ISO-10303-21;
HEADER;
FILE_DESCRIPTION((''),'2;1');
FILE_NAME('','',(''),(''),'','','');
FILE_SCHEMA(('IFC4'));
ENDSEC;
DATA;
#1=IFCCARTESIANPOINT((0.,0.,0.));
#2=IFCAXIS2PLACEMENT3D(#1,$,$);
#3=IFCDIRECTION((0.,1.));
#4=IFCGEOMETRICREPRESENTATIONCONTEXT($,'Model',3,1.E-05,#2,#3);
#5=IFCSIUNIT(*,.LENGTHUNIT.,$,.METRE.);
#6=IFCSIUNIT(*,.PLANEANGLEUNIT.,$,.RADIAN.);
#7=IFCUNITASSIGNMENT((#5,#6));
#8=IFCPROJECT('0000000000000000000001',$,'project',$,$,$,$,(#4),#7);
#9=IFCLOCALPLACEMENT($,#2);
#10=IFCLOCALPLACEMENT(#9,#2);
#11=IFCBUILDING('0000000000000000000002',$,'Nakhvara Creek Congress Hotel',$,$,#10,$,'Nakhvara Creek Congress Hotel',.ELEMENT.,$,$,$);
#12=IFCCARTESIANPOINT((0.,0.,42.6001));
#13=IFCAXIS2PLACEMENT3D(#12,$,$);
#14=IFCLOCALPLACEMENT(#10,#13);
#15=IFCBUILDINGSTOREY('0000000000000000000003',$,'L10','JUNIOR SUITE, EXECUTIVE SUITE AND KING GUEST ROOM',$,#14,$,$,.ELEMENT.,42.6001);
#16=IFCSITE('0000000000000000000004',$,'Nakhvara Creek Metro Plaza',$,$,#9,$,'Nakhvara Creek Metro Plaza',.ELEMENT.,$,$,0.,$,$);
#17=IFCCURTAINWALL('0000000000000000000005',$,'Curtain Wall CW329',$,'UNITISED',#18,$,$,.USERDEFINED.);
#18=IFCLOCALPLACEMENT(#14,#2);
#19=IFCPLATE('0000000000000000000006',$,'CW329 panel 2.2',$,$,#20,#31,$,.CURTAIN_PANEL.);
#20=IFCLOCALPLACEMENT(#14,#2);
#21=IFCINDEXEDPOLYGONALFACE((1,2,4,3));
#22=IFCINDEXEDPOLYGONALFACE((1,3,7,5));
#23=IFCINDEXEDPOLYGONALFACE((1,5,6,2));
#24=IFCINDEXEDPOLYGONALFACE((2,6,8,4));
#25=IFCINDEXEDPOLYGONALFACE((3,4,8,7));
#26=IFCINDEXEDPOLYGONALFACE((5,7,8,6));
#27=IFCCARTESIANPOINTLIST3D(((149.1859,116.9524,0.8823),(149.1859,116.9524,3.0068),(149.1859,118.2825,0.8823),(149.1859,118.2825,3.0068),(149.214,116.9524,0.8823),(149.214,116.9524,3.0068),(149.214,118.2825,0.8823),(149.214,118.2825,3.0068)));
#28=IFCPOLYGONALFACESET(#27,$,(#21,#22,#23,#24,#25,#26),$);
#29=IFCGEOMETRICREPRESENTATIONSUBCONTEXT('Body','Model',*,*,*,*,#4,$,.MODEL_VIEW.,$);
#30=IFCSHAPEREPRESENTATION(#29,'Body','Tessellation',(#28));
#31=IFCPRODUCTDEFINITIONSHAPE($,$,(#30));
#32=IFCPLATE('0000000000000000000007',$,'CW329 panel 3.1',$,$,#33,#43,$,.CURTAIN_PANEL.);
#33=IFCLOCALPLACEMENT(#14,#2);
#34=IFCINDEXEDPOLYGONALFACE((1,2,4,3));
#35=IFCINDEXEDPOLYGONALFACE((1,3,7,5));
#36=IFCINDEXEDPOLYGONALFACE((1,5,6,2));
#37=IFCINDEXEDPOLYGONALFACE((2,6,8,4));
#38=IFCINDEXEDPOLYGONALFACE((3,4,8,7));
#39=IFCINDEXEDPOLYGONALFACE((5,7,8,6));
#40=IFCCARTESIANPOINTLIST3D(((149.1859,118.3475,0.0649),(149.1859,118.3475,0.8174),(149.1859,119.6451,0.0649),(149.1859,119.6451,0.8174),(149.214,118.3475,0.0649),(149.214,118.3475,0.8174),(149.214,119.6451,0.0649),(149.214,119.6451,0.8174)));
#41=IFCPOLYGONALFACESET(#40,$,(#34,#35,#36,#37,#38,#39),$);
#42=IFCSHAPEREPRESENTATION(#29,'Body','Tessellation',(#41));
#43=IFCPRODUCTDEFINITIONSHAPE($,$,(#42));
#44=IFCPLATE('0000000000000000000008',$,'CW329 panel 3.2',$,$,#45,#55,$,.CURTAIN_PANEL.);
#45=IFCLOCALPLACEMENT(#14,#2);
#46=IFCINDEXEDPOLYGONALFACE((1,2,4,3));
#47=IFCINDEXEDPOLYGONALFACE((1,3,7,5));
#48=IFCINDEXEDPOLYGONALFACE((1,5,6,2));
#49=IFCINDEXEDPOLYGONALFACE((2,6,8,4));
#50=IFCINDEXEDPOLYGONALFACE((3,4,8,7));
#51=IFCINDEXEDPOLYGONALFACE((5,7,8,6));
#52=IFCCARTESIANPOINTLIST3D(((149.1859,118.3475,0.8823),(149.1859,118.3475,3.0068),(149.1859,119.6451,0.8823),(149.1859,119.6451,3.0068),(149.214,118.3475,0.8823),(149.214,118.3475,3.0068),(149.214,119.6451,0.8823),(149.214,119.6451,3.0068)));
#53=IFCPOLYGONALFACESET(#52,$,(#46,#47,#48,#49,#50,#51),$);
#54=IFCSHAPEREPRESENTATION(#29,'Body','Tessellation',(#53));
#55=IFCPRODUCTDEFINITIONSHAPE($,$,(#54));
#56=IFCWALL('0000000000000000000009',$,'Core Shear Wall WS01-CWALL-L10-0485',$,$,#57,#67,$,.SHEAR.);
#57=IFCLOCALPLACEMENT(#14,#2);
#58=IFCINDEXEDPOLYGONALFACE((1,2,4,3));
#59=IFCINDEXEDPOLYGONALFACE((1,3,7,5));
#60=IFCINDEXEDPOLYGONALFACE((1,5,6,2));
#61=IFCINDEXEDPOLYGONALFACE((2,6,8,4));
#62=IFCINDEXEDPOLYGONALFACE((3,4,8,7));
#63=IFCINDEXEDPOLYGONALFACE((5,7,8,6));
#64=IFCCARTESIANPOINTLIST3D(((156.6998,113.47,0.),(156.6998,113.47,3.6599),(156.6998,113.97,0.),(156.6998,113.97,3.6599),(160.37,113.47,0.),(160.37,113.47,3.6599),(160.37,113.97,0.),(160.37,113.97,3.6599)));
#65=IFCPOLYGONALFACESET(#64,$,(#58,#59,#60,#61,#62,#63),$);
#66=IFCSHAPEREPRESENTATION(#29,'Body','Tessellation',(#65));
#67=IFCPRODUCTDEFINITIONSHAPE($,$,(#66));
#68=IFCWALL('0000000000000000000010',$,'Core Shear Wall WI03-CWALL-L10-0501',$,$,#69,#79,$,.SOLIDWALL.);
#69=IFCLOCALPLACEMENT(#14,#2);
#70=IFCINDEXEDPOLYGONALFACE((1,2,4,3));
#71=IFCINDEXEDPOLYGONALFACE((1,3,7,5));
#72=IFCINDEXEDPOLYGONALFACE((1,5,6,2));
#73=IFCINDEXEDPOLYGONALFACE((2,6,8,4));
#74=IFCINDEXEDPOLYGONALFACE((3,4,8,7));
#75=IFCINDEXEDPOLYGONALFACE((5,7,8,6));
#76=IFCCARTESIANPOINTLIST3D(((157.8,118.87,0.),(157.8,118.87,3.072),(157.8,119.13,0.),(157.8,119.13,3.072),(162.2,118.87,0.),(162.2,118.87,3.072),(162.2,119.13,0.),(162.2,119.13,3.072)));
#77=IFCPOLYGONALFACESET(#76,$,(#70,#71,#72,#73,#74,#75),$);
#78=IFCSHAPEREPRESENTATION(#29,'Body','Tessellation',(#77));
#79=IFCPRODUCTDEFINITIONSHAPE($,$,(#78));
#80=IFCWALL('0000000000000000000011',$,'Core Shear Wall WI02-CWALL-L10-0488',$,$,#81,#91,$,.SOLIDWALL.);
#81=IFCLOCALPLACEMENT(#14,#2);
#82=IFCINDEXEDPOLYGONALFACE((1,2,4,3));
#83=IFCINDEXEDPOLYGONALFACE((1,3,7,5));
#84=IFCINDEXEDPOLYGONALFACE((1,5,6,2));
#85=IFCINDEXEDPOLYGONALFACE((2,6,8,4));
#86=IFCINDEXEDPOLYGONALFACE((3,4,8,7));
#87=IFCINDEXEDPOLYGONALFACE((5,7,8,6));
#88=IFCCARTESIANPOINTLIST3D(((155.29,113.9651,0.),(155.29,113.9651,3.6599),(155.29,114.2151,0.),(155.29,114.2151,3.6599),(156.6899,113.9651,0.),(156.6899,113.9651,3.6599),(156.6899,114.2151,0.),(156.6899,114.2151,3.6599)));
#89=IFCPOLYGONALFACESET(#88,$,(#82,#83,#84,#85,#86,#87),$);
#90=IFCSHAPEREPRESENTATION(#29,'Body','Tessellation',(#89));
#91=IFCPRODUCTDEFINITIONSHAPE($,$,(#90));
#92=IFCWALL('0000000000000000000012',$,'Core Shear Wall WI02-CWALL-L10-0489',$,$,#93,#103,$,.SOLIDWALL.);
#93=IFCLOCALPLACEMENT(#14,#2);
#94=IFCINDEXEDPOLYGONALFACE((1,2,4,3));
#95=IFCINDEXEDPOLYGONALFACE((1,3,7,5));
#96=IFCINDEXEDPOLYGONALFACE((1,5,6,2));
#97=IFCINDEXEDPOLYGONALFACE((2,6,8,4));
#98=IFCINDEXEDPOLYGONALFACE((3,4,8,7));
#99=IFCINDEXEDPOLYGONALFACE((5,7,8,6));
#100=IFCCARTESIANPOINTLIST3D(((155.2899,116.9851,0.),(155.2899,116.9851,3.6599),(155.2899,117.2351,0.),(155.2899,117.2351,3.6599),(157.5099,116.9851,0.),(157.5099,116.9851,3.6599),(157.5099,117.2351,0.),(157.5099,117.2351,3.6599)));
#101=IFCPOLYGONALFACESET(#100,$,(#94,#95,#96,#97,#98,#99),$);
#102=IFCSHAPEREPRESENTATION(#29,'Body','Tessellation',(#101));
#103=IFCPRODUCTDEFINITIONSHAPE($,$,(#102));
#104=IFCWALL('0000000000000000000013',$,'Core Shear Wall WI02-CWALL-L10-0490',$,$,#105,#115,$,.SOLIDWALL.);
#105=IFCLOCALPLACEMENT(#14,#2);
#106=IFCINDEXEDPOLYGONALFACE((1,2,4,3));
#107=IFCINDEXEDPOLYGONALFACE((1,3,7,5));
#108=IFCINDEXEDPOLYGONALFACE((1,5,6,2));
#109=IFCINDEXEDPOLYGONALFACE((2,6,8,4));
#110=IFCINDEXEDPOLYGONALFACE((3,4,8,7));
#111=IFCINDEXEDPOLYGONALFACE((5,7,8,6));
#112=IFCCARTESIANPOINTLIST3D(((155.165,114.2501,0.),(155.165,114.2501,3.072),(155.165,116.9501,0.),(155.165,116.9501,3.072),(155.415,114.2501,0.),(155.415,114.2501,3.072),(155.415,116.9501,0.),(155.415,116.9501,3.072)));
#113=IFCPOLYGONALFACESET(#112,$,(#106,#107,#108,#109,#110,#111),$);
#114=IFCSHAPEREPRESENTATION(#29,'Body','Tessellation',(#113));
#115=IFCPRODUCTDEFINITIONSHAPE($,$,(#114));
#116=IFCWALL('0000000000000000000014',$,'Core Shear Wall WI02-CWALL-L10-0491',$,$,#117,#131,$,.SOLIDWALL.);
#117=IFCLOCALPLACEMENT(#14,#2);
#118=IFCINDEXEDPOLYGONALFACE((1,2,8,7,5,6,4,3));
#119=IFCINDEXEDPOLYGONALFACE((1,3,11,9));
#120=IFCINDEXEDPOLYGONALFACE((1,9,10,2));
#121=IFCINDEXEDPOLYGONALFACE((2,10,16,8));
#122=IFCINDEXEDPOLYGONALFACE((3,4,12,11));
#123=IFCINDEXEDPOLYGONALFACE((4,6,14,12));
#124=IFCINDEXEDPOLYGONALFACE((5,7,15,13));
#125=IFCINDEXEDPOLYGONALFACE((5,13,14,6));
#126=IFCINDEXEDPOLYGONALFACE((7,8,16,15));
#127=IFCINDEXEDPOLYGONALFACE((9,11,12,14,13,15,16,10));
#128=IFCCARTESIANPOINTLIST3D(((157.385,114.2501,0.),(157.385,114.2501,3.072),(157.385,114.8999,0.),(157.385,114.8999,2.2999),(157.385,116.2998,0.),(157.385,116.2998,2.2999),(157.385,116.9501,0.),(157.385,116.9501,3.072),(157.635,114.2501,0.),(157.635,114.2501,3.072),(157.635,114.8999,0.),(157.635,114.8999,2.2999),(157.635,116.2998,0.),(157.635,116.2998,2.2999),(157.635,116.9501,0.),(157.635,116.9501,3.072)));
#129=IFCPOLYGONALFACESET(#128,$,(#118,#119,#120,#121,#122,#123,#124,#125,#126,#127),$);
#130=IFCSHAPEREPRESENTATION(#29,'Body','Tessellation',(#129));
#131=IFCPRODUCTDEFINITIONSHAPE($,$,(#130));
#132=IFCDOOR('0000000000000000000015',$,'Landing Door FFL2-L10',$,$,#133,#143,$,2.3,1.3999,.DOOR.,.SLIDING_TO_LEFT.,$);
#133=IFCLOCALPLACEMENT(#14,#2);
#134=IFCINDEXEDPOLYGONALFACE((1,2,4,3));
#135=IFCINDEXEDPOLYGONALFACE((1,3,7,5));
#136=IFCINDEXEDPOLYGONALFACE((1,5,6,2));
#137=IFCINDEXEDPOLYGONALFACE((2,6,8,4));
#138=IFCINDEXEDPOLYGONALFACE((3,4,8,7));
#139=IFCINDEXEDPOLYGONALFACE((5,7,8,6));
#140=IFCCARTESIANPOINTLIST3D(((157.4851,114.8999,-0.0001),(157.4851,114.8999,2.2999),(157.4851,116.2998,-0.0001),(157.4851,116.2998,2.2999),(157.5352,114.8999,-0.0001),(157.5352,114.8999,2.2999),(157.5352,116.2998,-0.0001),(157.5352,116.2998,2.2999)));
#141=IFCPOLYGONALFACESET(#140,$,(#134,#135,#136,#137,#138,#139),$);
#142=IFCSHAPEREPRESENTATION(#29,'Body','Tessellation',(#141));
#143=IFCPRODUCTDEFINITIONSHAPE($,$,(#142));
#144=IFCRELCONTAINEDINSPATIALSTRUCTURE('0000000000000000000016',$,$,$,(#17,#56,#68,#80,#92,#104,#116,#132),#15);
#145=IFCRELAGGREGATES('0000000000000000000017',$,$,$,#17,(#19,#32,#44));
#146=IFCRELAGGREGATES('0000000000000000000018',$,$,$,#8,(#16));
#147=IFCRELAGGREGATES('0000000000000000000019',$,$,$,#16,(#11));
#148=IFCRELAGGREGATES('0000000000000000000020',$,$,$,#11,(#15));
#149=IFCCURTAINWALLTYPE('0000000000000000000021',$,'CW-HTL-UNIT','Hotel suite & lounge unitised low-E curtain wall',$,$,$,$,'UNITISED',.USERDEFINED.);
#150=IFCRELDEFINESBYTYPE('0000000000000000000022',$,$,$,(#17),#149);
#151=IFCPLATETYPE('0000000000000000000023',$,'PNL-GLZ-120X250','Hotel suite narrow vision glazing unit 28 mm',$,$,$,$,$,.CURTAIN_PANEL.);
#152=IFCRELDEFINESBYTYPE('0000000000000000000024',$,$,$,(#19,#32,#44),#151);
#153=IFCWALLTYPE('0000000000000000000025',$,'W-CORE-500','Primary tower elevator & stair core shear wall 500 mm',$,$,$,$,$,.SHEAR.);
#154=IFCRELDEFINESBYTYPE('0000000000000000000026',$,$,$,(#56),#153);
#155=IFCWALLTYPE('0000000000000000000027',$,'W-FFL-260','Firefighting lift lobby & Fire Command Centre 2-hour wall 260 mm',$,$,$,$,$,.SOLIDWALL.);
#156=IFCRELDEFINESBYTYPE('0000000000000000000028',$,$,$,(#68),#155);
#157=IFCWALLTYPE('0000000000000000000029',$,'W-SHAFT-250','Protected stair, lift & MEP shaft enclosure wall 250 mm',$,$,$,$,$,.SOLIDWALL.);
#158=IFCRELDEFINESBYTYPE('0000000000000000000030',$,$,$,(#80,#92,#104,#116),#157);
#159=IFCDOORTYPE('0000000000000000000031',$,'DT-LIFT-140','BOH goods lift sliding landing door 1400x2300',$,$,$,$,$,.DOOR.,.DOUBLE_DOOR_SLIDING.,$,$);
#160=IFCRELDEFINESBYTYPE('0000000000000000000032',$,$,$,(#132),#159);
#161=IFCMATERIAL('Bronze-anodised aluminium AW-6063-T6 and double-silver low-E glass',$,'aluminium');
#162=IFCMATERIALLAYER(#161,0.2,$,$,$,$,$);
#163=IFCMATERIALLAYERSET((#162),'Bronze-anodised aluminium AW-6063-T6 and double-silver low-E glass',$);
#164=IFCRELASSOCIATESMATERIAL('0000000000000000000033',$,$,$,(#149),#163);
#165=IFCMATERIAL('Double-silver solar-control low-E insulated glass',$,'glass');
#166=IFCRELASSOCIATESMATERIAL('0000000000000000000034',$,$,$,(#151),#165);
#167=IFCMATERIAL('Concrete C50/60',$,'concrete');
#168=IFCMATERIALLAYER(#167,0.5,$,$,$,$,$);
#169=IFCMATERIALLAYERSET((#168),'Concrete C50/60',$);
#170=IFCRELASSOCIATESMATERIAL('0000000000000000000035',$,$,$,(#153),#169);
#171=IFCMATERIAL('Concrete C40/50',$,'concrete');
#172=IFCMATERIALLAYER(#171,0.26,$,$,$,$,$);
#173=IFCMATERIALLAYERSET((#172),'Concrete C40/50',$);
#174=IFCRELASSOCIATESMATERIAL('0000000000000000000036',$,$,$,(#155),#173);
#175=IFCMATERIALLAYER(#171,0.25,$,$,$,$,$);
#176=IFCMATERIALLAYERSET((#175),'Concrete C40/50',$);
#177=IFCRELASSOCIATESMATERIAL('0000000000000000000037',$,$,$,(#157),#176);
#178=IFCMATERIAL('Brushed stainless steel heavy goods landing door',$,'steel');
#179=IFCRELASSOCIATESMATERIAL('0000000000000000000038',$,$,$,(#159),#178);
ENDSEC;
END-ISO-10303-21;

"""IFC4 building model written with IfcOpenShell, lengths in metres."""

from ifc_helpers import new_model, si_unit, direction, frame, frame_2d, origin, origin_2d, place, context, subcontext, project, spatial, rectangle, extrude, material, layer, layer_set, type_object, element, fill, aggregate, save


model = new_model("IFC4")

# Units and contexts
model_context = context("Model", 3, precision=1e-05, world=origin(), true_north=direction((0.0, 1.0)))
body_context = subcontext(model_context, "Body", "Model", "MODEL_VIEW")
ifc_project = project(units=[si_unit("LENGTHUNIT", "METRE"), si_unit("PLANEANGLEUNIT", "RADIAN")], contexts=[model_context])

# Site, building, storey
site_placement = place(None, origin())
site = spatial("IfcSite", under=ifc_project, at=site_placement, Name="Nakhvara Creek Metro Plaza", LongName="Nakhvara Creek Metro Plaza", CompositionType="ELEMENT", RefElevation=0.0)
building_placement = place(site_placement, origin())
building = spatial("IfcBuilding", under=site, at=building_placement, Name="Nakhvara Creek Congress Hotel", LongName="Nakhvara Creek Congress Hotel", CompositionType="ELEMENT")
storey_placement = place(building_placement, frame((0.0, 0.0, 42.6001)))
storey = spatial("IfcBuildingStorey", under=building, at=storey_placement, Name="L10", Description="JUNIOR SUITE, EXECUTIVE SUITE AND KING GUEST ROOM", CompositionType="ELEMENT", Elevation=42.6001)

# Shared definitions
ifc_material_1 = material(Name="Concrete C50/60", Category="concrete")

# Shared definitions
ifc_material_2 = material(Name="Concrete C40/50", Category="concrete")

# Curtain wall, plates
ifc_material_3 = material(Name="Bronze-anodised aluminium AW-6063-T6 and double-silver low-E glass", Category="aluminium")
ifc_layer_1 = layer(ifc_material_3, 0.2)
ifc_layer_set_1 = layer_set([ifc_layer_1], Name="Bronze-anodised aluminium AW-6063-T6 and double-silver low-E glass")
curtain_wall_type = type_object("IfcCurtainWallType", Name="CW-HTL-UNIT", Description="Hotel suite & lounge unitised low-E curtain wall", ElementType="UNITISED", PredefinedType="USERDEFINED", material=ifc_layer_set_1)
curtain_wall_placement = place(storey_placement, origin())
curtain_wall = element("IfcCurtainWall", 1, at=curtain_wall_placement, inside=storey, type_object=curtain_wall_type, Name="Curtain Wall CW329", ObjectType="UNITISED", PredefinedType="USERDEFINED")
ifc_material_4 = material(Name="Double-silver solar-control low-E insulated glass", Category="glass")
plate_type = type_object("IfcPlateType", Name="PNL-GLZ-120X250", Description="Hotel suite narrow vision glazing unit 28 mm", PredefinedType="CURTAIN_PANEL", material=ifc_material_4)
plate_1_placement = place(storey_placement, frame((149.2, 117.6174, 0.8823), z_axis=(0.0, 0.0, 1.0), x_axis=(0.0, 1.0, 0.0)))
plate_1 = element("IfcPlate", 2, at=plate_1_placement, type_object=plate_type, Name="CW329 panel 2.2", PredefinedType="CURTAIN_PANEL", context=body_context, shape_type="SweptSolid", body=[
    extrude(rectangle(XDim=1.3301, YDim=0.0281, at=origin_2d()), origin(), (0.0, 0.0, 1.0), 2.1245),
])
plate_2_placement = place(storey_placement, frame((149.2, 118.9963, 0.0649), z_axis=(0.0, 0.0, 1.0), x_axis=(0.0, 1.0, 0.0)))
plate_2 = element("IfcPlate", 3, at=plate_2_placement, type_object=plate_type, Name="CW329 panel 3.1", PredefinedType="CURTAIN_PANEL", context=body_context, shape_type="SweptSolid", body=[
    extrude(rectangle(XDim=1.2976, YDim=0.0281, at=origin_2d()), origin(), (0.0, 0.0, 1.0), 0.7524),
])
plate_3_placement = place(storey_placement, frame((149.2, 118.9963, 0.8823), z_axis=(0.0, 0.0, 1.0), x_axis=(0.0, 1.0, 0.0)))
plate_3 = element("IfcPlate", 4, at=plate_3_placement, type_object=plate_type, Name="CW329 panel 3.2", PredefinedType="CURTAIN_PANEL", context=body_context, shape_type="SweptSolid", body=[
    extrude(rectangle(XDim=1.2976, YDim=0.0281, at=origin_2d()), origin(), (0.0, 0.0, 1.0), 2.1245),
])
aggregate(curtain_wall, [plate_1, plate_2, plate_3])

# Wall
ifc_layer_2 = layer(ifc_material_1, 0.5)
ifc_layer_set_2 = layer_set([ifc_layer_2], Name="Concrete C50/60")
wall_type_1 = type_object("IfcWallType", Name="W-CORE-500", Description="Primary tower elevator & stair core shear wall 500 mm", PredefinedType="SHEAR", material=ifc_layer_set_2)
wall_1_placement = place(storey_placement, frame((156.7, 113.72, 0.0), z_axis=(0.0, 0.0, 1.0), x_axis=(1.0, 0.0, 0.0)))
element("IfcWall", 5, at=wall_1_placement, inside=storey, type_object=wall_type_1, Name="Core Shear Wall WS01-CWALL-L10-0485", PredefinedType="SHEAR", context=body_context, shape_type="SweptSolid", body=[
    extrude(rectangle(XDim=3.6702, YDim=0.5, at=frame_2d((1.835, 0.0))), origin(), (0.0, 0.0, 1.0), 3.6599),
])

# Shared definitions
ifc_layer_3 = layer(ifc_material_2, 0.26)
ifc_layer_set_3 = layer_set([ifc_layer_3], Name="Concrete C40/50")
wall_type_2 = type_object("IfcWallType", Name="W-FFL-260", Description="Firefighting lift lobby & Fire Command Centre 2-hour wall 260 mm", PredefinedType="SOLIDWALL", material=ifc_layer_set_3)

# Walls
wall_2_placement = place(storey_placement, frame((157.8, 119.0, 0.0), z_axis=(0.0, 0.0, 1.0), x_axis=(1.0, 0.0, 0.0)))
element("IfcWall", 6, at=wall_2_placement, inside=storey, type_object=wall_type_2, Name="Core Shear Wall WI03-CWALL-L10-0501", PredefinedType="SOLIDWALL", context=body_context, shape_type="SweptSolid", body=[
    extrude(rectangle(XDim=4.3999, YDim=0.26, at=frame_2d((2.2, 0.0))), origin(), (0.0, 0.0, 1.0), 3.072),
])
ifc_layer_4 = layer(ifc_material_2, 0.25)
ifc_layer_set_4 = layer_set([ifc_layer_4], Name="Concrete C40/50")
wall_type_3 = type_object("IfcWallType", Name="W-SHAFT-250", Description="Protected stair, lift & MEP shaft enclosure wall 250 mm", PredefinedType="SOLIDWALL", material=ifc_layer_set_4)
wall_3_placement = place(storey_placement, frame((155.29, 114.0901, 0.0), z_axis=(0.0, 0.0, 1.0), x_axis=(1.0, 0.0, 0.0)))
element("IfcWall", 7, at=wall_3_placement, inside=storey, type_object=wall_type_3, Name="Core Shear Wall WI02-CWALL-L10-0488", PredefinedType="SOLIDWALL", context=body_context, shape_type="SweptSolid", body=[
    extrude(rectangle(XDim=1.3999, YDim=0.25, at=frame_2d((0.7, 0.0))), origin(), (0.0, 0.0, 1.0), 3.6599),
])
wall_4_placement = place(storey_placement, frame((155.29, 117.1101, 0.0), z_axis=(0.0, 0.0, 1.0), x_axis=(1.0, 0.0, 0.0)))
element("IfcWall", 8, at=wall_4_placement, inside=storey, type_object=wall_type_3, Name="Core Shear Wall WI02-CWALL-L10-0489", PredefinedType="SOLIDWALL", context=body_context, shape_type="SweptSolid", body=[
    extrude(rectangle(XDim=2.22, YDim=0.25, at=frame_2d((1.1099, 0.0))), origin(), (0.0, 0.0, 1.0), 3.6599),
])
wall_5_placement = place(storey_placement, frame((155.29, 114.25, 0.0), z_axis=(0.0, 0.0, 1.0), x_axis=(0.0, 1.0, 0.0)))
element("IfcWall", 9, at=wall_5_placement, inside=storey, type_object=wall_type_3, Name="Core Shear Wall WI02-CWALL-L10-0490", PredefinedType="SOLIDWALL", context=body_context, shape_type="SweptSolid", body=[
    extrude(rectangle(XDim=2.7, YDim=0.25, at=frame_2d((1.3501, 0.0))), origin(), (0.0, 0.0, 1.0), 3.072),
])

# Wall, opening, door
wall_6_placement = place(storey_placement, frame((157.51, 114.25, 0.0), z_axis=(0.0, 0.0, 1.0), x_axis=(0.0, 1.0, 0.0)))
wall_6 = element("IfcWall", 10, at=wall_6_placement, inside=storey, type_object=wall_type_3, Name="Core Shear Wall WI02-CWALL-L10-0491", PredefinedType="SOLIDWALL", context=body_context, shape_type="SweptSolid", body=[
    extrude(rectangle(XDim=2.7, YDim=0.25, at=frame_2d((1.3501, 0.0))), origin(), (0.0, 0.0, 1.0), 3.072),
])
opening_1_placement = place(wall_6_placement, frame((0.6499, 0.0, 0.0)))
opening_1 = element("IfcOpeningElement", 11, at=opening_1_placement, cuts=wall_6, PredefinedType="OPENING", context=body_context, shape_type="SweptSolid", body=[
    extrude(rectangle(XDim=1.3999, YDim=2.3, at=frame_2d((0.7, 1.1499))), frame((0.0, 0.137, 0.0), z_axis=(0.0, -1.0, 0.0), x_axis=(1.0, 0.0, 0.0)), (0.0, 0.0, 1.0), 0.2739),
])
ifc_material_5 = material(Name="Brushed stainless steel heavy goods landing door", Category="steel")
door_type_1 = type_object("IfcDoorType", Name="DT-LIFT-140", Description="BOH goods lift sliding landing door 1400x2300", OperationType="DOUBLE_DOOR_SLIDING", PredefinedType="DOOR", material=ifc_material_5)
door_1_placement = place(opening_1_placement, origin())
door_1 = element("IfcDoor", 12, at=door_1_placement, inside=storey, type_object=door_type_1, Name="Landing Door FFL2-L10", OperationType="SLIDING_TO_LEFT", OverallHeight=2.3, OverallWidth=1.3999, PredefinedType="DOOR", context=body_context, shape_type="SweptSolid", body=[
    extrude(rectangle(XDim=1.3999, YDim=2.3, at=frame_2d((0.7, 1.1499))), frame((0.0, 0.0249, 0.0), z_axis=(0.0, -1.0, 0.0), x_axis=(1.0, 0.0, 0.0)), (0.0, 0.0, 1.0), 0.05),
])
fill(opening_1, door_1)

save(model, "model.ifc")
